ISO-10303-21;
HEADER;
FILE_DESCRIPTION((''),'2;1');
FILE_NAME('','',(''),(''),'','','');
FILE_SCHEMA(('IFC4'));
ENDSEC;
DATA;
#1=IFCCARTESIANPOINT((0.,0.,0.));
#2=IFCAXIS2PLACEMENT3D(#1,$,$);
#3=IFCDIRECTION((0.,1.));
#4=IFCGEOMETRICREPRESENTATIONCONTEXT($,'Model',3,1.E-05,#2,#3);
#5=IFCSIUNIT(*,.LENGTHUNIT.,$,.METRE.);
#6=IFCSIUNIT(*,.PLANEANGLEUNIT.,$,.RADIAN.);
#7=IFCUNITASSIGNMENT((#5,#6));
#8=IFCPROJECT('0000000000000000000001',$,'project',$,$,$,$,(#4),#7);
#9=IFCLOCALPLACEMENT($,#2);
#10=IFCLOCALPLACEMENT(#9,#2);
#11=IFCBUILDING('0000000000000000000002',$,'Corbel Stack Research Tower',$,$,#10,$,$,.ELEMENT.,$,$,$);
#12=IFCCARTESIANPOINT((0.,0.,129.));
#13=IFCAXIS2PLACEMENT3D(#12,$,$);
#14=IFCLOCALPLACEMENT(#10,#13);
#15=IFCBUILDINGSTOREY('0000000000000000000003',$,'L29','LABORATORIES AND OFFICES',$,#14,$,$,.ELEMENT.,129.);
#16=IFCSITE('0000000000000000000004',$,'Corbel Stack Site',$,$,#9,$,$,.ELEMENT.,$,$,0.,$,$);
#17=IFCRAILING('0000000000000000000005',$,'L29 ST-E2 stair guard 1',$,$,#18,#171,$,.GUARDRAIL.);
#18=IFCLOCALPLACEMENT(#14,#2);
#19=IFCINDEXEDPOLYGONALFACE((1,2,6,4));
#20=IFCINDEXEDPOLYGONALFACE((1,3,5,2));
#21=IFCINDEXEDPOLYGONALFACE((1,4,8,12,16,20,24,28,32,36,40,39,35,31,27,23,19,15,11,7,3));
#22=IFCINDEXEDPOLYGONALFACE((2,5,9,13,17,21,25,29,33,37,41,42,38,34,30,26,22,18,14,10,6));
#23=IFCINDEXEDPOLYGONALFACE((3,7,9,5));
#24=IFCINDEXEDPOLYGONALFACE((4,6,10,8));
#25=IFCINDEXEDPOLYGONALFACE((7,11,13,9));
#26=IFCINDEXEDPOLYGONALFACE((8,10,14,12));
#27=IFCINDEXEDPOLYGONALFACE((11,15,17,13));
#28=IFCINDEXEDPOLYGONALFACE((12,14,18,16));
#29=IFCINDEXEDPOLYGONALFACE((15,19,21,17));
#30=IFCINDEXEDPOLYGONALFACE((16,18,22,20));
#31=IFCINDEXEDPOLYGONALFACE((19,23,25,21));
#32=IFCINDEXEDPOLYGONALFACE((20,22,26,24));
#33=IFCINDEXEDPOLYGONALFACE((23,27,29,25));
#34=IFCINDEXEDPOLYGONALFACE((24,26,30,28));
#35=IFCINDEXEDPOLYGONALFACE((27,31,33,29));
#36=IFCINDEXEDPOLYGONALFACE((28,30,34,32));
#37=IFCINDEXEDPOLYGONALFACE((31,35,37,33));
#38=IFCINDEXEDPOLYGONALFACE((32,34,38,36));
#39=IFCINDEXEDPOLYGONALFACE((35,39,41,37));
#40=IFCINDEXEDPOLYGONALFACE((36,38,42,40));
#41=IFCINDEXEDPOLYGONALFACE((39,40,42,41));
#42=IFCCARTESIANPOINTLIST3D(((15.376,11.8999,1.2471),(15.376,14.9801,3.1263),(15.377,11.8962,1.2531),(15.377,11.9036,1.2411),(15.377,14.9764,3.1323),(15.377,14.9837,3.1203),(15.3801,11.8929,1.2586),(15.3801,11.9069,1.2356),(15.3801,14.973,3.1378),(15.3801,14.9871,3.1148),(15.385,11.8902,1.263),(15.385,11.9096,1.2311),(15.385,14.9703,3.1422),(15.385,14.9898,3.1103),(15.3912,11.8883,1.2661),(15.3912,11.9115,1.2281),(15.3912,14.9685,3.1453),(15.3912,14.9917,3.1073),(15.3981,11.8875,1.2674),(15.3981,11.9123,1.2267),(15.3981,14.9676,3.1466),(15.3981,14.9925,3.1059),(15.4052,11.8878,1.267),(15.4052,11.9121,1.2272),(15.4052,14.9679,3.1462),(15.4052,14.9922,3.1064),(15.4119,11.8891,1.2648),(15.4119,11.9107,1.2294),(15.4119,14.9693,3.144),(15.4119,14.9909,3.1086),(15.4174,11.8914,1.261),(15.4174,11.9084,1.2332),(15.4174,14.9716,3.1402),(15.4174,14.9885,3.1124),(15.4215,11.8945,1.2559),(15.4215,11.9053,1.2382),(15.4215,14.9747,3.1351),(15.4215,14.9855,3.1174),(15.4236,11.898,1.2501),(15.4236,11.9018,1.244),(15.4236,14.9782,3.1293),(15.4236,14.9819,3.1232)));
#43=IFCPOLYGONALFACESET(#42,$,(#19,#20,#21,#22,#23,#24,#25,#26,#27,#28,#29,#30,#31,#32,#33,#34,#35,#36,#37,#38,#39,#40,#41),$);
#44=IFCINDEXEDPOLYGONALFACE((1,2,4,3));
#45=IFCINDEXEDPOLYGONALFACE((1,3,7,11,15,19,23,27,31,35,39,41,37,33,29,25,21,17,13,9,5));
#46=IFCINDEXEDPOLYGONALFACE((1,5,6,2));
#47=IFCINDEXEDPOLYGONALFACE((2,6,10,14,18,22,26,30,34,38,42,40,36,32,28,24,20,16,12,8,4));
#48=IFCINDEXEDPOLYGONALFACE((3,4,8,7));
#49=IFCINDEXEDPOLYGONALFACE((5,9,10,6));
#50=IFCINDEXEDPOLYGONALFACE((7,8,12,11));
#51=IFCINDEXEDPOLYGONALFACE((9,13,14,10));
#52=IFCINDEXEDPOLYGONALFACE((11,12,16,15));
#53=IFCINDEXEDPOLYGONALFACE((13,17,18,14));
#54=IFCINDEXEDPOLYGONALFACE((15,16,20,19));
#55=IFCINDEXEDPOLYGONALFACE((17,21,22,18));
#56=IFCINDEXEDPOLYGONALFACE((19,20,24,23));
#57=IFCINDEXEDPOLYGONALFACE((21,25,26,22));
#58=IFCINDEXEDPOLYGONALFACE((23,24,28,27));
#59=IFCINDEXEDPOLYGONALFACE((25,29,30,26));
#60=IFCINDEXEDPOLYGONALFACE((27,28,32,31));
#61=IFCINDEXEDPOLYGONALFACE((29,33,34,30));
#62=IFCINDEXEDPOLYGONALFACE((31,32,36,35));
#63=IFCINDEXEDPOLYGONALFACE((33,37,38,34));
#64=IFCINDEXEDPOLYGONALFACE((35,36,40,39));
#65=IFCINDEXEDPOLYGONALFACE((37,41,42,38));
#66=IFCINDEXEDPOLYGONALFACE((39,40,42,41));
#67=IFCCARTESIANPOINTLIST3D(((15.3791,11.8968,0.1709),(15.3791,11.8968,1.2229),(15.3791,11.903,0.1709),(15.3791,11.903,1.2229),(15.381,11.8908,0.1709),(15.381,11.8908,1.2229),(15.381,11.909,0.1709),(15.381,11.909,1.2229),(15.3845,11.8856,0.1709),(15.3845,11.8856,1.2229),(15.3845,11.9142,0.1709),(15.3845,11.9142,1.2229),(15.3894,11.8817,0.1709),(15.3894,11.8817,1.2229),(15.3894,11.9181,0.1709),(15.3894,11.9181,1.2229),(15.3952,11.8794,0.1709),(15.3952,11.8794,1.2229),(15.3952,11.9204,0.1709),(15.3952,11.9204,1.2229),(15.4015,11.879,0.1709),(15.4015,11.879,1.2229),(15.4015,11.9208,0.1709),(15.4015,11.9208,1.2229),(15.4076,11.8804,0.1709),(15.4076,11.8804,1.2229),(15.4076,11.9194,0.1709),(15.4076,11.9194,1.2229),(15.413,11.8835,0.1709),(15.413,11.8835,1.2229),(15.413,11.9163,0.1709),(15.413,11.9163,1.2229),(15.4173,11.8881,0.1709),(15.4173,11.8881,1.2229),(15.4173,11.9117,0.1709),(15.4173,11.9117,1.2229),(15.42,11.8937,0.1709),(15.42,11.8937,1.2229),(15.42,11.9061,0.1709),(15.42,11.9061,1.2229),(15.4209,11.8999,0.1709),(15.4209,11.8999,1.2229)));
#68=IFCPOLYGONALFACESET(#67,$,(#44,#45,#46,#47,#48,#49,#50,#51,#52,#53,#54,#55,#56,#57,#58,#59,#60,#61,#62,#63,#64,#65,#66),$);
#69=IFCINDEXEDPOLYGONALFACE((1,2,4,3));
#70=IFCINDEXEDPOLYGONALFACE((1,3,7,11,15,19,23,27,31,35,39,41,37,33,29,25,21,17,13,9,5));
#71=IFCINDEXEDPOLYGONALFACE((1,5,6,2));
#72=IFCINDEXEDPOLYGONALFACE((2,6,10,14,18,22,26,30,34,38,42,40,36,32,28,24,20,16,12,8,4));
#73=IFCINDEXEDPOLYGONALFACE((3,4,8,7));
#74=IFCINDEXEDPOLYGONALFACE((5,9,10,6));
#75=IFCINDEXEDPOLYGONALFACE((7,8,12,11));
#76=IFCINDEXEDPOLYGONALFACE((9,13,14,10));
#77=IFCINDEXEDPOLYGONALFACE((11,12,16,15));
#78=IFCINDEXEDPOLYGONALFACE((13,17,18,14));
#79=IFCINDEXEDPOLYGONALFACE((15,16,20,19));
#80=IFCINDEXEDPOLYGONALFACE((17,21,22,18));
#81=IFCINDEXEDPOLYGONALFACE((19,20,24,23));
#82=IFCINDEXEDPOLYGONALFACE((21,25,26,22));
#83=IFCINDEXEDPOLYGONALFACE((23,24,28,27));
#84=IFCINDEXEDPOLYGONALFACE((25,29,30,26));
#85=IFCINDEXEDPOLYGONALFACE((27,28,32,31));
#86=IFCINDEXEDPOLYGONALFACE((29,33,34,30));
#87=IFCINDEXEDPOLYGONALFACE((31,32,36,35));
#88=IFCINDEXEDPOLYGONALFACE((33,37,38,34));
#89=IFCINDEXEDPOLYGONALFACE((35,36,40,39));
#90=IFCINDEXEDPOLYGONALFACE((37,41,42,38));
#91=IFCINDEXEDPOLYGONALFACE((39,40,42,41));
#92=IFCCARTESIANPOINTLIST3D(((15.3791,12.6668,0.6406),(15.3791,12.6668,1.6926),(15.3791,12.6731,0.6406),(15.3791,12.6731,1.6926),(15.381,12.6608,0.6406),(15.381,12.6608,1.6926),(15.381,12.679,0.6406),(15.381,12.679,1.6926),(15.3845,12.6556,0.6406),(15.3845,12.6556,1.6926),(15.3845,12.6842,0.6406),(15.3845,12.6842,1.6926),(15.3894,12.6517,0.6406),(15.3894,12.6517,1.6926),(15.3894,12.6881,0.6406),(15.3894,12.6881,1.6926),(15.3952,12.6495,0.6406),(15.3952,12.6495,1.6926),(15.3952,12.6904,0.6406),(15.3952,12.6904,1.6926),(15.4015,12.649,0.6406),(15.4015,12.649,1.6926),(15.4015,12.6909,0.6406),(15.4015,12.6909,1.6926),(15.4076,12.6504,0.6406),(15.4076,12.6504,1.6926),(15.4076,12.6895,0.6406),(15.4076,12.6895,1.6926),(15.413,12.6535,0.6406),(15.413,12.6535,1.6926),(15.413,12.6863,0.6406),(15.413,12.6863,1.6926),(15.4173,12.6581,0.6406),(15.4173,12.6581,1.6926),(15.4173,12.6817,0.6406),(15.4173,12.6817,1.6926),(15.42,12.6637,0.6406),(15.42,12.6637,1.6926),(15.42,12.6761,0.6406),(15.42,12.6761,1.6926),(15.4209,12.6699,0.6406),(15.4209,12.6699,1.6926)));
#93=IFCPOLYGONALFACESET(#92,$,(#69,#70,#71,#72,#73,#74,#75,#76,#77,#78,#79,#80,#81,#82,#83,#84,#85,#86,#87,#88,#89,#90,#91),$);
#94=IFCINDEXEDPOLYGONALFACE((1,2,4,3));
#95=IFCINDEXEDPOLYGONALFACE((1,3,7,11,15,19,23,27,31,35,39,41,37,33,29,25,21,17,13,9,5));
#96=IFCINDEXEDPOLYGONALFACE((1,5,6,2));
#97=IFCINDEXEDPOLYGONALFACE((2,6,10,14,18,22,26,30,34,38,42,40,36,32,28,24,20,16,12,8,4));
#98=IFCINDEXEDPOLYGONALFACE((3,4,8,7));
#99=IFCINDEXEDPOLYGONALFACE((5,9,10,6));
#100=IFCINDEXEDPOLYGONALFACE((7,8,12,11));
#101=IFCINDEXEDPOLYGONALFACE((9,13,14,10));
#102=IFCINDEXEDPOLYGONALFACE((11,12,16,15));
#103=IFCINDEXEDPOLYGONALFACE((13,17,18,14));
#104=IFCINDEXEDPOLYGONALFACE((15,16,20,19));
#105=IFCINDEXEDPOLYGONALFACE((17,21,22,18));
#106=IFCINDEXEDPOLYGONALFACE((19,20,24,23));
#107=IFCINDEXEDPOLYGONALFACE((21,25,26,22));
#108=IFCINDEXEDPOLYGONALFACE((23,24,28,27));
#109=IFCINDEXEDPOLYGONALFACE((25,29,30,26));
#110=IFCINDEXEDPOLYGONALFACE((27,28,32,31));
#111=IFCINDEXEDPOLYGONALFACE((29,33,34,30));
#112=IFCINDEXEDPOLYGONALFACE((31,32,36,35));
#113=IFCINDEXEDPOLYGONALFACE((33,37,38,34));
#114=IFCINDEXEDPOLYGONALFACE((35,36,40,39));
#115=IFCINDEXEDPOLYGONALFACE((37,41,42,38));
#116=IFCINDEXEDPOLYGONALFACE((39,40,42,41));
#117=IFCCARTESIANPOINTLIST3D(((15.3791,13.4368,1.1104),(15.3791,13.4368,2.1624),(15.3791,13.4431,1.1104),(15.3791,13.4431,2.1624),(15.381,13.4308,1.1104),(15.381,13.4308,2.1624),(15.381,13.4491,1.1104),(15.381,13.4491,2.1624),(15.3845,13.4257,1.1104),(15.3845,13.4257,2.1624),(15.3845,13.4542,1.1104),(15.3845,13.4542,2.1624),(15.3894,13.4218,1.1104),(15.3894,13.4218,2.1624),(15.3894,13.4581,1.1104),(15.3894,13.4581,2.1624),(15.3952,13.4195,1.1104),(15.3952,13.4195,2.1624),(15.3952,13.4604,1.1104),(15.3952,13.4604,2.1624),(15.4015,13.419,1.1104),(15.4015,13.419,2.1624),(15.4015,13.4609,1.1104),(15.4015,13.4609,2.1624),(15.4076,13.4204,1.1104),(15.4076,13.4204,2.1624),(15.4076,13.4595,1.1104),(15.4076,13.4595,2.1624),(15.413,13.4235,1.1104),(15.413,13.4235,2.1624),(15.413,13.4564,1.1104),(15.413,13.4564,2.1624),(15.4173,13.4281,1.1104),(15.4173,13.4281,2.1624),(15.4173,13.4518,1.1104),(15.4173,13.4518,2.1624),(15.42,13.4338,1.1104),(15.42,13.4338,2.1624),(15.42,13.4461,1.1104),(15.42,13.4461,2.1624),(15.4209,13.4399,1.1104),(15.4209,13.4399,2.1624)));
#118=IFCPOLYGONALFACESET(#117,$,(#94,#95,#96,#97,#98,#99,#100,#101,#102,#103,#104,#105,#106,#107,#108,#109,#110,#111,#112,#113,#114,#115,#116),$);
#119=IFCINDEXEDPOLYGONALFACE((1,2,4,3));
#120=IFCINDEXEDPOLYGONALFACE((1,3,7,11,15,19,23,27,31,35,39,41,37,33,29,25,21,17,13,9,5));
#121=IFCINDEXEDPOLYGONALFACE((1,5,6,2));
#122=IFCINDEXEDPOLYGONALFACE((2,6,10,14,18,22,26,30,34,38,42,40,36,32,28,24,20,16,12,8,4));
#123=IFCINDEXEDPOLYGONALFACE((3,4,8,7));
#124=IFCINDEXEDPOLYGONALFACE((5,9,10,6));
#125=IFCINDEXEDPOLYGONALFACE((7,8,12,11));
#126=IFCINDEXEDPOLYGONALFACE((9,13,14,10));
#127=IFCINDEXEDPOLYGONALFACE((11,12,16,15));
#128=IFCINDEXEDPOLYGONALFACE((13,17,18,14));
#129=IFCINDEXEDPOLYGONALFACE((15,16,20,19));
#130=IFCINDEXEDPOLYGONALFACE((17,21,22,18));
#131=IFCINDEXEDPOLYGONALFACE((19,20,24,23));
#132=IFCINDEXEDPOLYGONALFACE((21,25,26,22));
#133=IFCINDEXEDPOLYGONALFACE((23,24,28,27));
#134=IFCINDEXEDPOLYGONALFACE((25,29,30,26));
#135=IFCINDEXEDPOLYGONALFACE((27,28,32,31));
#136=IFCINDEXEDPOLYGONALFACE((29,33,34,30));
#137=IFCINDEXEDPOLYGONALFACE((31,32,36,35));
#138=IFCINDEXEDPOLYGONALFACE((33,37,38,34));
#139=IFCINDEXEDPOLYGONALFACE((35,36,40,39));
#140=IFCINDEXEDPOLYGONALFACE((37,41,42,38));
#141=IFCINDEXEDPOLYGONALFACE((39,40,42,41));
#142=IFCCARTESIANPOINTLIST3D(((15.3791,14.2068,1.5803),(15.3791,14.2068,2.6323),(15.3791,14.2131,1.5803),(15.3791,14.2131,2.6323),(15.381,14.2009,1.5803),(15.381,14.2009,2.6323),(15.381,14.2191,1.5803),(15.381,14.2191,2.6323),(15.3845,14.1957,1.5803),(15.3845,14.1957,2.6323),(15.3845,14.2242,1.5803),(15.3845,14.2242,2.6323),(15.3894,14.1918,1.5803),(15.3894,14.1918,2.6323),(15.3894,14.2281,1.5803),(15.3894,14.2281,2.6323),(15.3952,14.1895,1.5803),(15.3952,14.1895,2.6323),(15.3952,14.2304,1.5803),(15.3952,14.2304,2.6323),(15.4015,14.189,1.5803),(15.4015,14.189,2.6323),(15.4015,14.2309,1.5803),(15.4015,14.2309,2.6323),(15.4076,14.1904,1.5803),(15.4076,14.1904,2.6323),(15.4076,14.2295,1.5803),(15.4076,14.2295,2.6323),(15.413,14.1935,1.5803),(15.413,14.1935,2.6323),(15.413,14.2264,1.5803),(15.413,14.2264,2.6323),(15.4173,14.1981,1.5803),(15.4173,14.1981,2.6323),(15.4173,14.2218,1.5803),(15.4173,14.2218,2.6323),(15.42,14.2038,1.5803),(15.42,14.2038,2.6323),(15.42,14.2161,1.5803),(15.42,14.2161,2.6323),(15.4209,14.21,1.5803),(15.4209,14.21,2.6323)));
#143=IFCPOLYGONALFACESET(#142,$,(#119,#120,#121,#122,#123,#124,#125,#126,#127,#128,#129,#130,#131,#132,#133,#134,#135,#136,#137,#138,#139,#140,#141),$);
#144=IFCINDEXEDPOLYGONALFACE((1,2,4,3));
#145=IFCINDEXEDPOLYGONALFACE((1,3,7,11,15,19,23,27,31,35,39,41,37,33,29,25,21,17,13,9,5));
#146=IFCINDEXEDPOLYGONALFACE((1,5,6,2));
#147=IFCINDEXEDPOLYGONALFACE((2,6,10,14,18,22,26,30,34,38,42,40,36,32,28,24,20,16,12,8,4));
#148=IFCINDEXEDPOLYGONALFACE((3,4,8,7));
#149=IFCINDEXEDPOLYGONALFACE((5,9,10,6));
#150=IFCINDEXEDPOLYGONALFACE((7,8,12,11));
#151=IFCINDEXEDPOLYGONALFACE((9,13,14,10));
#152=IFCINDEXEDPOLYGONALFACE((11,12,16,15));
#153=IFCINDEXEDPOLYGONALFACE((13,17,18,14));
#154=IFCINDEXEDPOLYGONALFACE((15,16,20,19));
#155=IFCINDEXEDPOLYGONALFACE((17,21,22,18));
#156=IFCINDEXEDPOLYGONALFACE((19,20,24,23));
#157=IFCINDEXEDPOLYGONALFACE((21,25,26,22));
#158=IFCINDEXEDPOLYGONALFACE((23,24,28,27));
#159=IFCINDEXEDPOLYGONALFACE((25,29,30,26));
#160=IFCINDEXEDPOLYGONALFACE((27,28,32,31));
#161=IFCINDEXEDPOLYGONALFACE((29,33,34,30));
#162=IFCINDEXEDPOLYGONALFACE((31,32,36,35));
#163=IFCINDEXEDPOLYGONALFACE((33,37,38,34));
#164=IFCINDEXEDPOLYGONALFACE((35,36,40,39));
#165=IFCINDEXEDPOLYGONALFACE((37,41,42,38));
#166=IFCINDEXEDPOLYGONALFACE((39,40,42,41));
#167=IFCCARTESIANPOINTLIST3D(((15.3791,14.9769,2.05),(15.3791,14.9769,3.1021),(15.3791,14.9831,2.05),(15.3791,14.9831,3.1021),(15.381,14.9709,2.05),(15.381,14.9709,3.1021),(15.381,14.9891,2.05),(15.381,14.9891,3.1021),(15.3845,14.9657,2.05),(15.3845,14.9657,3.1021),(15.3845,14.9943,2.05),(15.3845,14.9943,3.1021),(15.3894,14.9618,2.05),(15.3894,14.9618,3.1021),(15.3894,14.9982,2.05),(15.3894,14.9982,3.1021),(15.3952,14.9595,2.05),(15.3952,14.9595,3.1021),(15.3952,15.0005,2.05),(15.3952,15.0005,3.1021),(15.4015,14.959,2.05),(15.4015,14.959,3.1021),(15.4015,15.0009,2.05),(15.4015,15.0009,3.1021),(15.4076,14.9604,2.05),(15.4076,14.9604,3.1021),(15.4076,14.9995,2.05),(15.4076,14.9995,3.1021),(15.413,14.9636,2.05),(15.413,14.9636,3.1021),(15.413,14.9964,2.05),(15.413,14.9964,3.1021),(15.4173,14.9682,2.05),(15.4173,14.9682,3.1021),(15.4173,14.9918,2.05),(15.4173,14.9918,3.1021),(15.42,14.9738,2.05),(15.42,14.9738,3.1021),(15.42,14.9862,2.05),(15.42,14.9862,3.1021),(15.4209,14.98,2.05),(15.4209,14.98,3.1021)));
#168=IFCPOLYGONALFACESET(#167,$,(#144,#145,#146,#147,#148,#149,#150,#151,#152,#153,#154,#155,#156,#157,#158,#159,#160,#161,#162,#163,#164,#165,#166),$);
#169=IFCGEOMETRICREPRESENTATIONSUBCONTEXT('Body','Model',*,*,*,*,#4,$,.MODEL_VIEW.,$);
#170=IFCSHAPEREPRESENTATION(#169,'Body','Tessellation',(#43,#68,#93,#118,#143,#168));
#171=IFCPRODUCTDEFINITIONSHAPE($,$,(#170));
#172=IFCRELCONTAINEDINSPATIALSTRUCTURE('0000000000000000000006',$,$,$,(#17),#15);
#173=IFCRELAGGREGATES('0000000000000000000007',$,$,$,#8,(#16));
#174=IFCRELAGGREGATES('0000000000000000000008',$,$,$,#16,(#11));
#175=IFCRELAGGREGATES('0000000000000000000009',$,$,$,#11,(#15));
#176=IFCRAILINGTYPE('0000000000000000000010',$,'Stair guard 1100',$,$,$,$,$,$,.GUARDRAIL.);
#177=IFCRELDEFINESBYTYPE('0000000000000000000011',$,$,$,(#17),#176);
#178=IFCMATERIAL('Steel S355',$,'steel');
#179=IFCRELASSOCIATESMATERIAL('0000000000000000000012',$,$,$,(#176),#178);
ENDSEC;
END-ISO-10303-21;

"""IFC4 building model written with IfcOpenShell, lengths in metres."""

from ifc_helpers import new_model, si_unit, direction, frame, origin, origin_2d, place, context, subcontext, project, spatial, circle, extrude, material, type_object, element, save


model = new_model("IFC4")

# Units and contexts
model_context = context("Model", 3, precision=1e-05, world=origin(), true_north=direction((0.0, 1.0)))
body_context = subcontext(model_context, "Body", "Model", "MODEL_VIEW")
ifc_project = project(units=[si_unit("LENGTHUNIT", "METRE"), si_unit("PLANEANGLEUNIT", "RADIAN")], contexts=[model_context])

# Site, building, storey
site_placement = place(None, origin())
site = spatial("IfcSite", under=ifc_project, at=site_placement, Name="Corbel Stack Site", CompositionType="ELEMENT", RefElevation=0.0)
building_placement = place(site_placement, origin())
building = spatial("IfcBuilding", under=site, at=building_placement, Name="Corbel Stack Research Tower", CompositionType="ELEMENT")
storey_placement = place(building_placement, frame((0.0, 0.0, 129.0)))
storey = spatial("IfcBuildingStorey", under=building, at=storey_placement, Name="L29", Description="LABORATORIES AND OFFICES", CompositionType="ELEMENT", Elevation=129.0)

# Railing
ifc_material_1 = material(Name="Steel S355", Category="steel")
railing_type_1 = type_object("IfcRailingType", Name="Stair guard 1100", PredefinedType="GUARDRAIL", material=ifc_material_1)
railing_1_placement = place(storey_placement, frame((15.3999, 11.8999, 0.1709)))
element("IfcRailing", 1, at=railing_1_placement, inside=storey, type_object=railing_type_1, Name="L29 ST-E2 stair guard 1", PredefinedType="GUARDRAIL", context=body_context, shape_type="SweptSolid", body=[
    extrude(circle(Radius=0.0239, at=origin_2d()), frame((0.0, 0.0, 1.0762), z_axis=(0.0, 0.853666, 0.52082), x_axis=(-1.0, 0.0, 0.0)), (0.0, 0.0, 1.0), 3.6082),
    extrude(circle(Radius=0.021, at=origin_2d()), origin(), (0.0, 0.0, 1.0), 1.052),
    extrude(circle(Radius=0.021, at=origin_2d()), frame((0.0, 0.77, 0.4697)), (0.0, 0.0, 1.0), 1.052),
    extrude(circle(Radius=0.021, at=origin_2d()), frame((0.0, 1.54, 0.9395)), (0.0, 0.0, 1.0), 1.052),
    extrude(circle(Radius=0.021, at=origin_2d()), frame((0.0, 2.3101, 1.4094)), (0.0, 0.0, 1.0), 1.052),
    extrude(circle(Radius=0.021, at=origin_2d()), frame((0.0, 3.0801, 1.8792)), (0.0, 0.0, 1.0), 1.052),
])

save(model, "model.ifc")
